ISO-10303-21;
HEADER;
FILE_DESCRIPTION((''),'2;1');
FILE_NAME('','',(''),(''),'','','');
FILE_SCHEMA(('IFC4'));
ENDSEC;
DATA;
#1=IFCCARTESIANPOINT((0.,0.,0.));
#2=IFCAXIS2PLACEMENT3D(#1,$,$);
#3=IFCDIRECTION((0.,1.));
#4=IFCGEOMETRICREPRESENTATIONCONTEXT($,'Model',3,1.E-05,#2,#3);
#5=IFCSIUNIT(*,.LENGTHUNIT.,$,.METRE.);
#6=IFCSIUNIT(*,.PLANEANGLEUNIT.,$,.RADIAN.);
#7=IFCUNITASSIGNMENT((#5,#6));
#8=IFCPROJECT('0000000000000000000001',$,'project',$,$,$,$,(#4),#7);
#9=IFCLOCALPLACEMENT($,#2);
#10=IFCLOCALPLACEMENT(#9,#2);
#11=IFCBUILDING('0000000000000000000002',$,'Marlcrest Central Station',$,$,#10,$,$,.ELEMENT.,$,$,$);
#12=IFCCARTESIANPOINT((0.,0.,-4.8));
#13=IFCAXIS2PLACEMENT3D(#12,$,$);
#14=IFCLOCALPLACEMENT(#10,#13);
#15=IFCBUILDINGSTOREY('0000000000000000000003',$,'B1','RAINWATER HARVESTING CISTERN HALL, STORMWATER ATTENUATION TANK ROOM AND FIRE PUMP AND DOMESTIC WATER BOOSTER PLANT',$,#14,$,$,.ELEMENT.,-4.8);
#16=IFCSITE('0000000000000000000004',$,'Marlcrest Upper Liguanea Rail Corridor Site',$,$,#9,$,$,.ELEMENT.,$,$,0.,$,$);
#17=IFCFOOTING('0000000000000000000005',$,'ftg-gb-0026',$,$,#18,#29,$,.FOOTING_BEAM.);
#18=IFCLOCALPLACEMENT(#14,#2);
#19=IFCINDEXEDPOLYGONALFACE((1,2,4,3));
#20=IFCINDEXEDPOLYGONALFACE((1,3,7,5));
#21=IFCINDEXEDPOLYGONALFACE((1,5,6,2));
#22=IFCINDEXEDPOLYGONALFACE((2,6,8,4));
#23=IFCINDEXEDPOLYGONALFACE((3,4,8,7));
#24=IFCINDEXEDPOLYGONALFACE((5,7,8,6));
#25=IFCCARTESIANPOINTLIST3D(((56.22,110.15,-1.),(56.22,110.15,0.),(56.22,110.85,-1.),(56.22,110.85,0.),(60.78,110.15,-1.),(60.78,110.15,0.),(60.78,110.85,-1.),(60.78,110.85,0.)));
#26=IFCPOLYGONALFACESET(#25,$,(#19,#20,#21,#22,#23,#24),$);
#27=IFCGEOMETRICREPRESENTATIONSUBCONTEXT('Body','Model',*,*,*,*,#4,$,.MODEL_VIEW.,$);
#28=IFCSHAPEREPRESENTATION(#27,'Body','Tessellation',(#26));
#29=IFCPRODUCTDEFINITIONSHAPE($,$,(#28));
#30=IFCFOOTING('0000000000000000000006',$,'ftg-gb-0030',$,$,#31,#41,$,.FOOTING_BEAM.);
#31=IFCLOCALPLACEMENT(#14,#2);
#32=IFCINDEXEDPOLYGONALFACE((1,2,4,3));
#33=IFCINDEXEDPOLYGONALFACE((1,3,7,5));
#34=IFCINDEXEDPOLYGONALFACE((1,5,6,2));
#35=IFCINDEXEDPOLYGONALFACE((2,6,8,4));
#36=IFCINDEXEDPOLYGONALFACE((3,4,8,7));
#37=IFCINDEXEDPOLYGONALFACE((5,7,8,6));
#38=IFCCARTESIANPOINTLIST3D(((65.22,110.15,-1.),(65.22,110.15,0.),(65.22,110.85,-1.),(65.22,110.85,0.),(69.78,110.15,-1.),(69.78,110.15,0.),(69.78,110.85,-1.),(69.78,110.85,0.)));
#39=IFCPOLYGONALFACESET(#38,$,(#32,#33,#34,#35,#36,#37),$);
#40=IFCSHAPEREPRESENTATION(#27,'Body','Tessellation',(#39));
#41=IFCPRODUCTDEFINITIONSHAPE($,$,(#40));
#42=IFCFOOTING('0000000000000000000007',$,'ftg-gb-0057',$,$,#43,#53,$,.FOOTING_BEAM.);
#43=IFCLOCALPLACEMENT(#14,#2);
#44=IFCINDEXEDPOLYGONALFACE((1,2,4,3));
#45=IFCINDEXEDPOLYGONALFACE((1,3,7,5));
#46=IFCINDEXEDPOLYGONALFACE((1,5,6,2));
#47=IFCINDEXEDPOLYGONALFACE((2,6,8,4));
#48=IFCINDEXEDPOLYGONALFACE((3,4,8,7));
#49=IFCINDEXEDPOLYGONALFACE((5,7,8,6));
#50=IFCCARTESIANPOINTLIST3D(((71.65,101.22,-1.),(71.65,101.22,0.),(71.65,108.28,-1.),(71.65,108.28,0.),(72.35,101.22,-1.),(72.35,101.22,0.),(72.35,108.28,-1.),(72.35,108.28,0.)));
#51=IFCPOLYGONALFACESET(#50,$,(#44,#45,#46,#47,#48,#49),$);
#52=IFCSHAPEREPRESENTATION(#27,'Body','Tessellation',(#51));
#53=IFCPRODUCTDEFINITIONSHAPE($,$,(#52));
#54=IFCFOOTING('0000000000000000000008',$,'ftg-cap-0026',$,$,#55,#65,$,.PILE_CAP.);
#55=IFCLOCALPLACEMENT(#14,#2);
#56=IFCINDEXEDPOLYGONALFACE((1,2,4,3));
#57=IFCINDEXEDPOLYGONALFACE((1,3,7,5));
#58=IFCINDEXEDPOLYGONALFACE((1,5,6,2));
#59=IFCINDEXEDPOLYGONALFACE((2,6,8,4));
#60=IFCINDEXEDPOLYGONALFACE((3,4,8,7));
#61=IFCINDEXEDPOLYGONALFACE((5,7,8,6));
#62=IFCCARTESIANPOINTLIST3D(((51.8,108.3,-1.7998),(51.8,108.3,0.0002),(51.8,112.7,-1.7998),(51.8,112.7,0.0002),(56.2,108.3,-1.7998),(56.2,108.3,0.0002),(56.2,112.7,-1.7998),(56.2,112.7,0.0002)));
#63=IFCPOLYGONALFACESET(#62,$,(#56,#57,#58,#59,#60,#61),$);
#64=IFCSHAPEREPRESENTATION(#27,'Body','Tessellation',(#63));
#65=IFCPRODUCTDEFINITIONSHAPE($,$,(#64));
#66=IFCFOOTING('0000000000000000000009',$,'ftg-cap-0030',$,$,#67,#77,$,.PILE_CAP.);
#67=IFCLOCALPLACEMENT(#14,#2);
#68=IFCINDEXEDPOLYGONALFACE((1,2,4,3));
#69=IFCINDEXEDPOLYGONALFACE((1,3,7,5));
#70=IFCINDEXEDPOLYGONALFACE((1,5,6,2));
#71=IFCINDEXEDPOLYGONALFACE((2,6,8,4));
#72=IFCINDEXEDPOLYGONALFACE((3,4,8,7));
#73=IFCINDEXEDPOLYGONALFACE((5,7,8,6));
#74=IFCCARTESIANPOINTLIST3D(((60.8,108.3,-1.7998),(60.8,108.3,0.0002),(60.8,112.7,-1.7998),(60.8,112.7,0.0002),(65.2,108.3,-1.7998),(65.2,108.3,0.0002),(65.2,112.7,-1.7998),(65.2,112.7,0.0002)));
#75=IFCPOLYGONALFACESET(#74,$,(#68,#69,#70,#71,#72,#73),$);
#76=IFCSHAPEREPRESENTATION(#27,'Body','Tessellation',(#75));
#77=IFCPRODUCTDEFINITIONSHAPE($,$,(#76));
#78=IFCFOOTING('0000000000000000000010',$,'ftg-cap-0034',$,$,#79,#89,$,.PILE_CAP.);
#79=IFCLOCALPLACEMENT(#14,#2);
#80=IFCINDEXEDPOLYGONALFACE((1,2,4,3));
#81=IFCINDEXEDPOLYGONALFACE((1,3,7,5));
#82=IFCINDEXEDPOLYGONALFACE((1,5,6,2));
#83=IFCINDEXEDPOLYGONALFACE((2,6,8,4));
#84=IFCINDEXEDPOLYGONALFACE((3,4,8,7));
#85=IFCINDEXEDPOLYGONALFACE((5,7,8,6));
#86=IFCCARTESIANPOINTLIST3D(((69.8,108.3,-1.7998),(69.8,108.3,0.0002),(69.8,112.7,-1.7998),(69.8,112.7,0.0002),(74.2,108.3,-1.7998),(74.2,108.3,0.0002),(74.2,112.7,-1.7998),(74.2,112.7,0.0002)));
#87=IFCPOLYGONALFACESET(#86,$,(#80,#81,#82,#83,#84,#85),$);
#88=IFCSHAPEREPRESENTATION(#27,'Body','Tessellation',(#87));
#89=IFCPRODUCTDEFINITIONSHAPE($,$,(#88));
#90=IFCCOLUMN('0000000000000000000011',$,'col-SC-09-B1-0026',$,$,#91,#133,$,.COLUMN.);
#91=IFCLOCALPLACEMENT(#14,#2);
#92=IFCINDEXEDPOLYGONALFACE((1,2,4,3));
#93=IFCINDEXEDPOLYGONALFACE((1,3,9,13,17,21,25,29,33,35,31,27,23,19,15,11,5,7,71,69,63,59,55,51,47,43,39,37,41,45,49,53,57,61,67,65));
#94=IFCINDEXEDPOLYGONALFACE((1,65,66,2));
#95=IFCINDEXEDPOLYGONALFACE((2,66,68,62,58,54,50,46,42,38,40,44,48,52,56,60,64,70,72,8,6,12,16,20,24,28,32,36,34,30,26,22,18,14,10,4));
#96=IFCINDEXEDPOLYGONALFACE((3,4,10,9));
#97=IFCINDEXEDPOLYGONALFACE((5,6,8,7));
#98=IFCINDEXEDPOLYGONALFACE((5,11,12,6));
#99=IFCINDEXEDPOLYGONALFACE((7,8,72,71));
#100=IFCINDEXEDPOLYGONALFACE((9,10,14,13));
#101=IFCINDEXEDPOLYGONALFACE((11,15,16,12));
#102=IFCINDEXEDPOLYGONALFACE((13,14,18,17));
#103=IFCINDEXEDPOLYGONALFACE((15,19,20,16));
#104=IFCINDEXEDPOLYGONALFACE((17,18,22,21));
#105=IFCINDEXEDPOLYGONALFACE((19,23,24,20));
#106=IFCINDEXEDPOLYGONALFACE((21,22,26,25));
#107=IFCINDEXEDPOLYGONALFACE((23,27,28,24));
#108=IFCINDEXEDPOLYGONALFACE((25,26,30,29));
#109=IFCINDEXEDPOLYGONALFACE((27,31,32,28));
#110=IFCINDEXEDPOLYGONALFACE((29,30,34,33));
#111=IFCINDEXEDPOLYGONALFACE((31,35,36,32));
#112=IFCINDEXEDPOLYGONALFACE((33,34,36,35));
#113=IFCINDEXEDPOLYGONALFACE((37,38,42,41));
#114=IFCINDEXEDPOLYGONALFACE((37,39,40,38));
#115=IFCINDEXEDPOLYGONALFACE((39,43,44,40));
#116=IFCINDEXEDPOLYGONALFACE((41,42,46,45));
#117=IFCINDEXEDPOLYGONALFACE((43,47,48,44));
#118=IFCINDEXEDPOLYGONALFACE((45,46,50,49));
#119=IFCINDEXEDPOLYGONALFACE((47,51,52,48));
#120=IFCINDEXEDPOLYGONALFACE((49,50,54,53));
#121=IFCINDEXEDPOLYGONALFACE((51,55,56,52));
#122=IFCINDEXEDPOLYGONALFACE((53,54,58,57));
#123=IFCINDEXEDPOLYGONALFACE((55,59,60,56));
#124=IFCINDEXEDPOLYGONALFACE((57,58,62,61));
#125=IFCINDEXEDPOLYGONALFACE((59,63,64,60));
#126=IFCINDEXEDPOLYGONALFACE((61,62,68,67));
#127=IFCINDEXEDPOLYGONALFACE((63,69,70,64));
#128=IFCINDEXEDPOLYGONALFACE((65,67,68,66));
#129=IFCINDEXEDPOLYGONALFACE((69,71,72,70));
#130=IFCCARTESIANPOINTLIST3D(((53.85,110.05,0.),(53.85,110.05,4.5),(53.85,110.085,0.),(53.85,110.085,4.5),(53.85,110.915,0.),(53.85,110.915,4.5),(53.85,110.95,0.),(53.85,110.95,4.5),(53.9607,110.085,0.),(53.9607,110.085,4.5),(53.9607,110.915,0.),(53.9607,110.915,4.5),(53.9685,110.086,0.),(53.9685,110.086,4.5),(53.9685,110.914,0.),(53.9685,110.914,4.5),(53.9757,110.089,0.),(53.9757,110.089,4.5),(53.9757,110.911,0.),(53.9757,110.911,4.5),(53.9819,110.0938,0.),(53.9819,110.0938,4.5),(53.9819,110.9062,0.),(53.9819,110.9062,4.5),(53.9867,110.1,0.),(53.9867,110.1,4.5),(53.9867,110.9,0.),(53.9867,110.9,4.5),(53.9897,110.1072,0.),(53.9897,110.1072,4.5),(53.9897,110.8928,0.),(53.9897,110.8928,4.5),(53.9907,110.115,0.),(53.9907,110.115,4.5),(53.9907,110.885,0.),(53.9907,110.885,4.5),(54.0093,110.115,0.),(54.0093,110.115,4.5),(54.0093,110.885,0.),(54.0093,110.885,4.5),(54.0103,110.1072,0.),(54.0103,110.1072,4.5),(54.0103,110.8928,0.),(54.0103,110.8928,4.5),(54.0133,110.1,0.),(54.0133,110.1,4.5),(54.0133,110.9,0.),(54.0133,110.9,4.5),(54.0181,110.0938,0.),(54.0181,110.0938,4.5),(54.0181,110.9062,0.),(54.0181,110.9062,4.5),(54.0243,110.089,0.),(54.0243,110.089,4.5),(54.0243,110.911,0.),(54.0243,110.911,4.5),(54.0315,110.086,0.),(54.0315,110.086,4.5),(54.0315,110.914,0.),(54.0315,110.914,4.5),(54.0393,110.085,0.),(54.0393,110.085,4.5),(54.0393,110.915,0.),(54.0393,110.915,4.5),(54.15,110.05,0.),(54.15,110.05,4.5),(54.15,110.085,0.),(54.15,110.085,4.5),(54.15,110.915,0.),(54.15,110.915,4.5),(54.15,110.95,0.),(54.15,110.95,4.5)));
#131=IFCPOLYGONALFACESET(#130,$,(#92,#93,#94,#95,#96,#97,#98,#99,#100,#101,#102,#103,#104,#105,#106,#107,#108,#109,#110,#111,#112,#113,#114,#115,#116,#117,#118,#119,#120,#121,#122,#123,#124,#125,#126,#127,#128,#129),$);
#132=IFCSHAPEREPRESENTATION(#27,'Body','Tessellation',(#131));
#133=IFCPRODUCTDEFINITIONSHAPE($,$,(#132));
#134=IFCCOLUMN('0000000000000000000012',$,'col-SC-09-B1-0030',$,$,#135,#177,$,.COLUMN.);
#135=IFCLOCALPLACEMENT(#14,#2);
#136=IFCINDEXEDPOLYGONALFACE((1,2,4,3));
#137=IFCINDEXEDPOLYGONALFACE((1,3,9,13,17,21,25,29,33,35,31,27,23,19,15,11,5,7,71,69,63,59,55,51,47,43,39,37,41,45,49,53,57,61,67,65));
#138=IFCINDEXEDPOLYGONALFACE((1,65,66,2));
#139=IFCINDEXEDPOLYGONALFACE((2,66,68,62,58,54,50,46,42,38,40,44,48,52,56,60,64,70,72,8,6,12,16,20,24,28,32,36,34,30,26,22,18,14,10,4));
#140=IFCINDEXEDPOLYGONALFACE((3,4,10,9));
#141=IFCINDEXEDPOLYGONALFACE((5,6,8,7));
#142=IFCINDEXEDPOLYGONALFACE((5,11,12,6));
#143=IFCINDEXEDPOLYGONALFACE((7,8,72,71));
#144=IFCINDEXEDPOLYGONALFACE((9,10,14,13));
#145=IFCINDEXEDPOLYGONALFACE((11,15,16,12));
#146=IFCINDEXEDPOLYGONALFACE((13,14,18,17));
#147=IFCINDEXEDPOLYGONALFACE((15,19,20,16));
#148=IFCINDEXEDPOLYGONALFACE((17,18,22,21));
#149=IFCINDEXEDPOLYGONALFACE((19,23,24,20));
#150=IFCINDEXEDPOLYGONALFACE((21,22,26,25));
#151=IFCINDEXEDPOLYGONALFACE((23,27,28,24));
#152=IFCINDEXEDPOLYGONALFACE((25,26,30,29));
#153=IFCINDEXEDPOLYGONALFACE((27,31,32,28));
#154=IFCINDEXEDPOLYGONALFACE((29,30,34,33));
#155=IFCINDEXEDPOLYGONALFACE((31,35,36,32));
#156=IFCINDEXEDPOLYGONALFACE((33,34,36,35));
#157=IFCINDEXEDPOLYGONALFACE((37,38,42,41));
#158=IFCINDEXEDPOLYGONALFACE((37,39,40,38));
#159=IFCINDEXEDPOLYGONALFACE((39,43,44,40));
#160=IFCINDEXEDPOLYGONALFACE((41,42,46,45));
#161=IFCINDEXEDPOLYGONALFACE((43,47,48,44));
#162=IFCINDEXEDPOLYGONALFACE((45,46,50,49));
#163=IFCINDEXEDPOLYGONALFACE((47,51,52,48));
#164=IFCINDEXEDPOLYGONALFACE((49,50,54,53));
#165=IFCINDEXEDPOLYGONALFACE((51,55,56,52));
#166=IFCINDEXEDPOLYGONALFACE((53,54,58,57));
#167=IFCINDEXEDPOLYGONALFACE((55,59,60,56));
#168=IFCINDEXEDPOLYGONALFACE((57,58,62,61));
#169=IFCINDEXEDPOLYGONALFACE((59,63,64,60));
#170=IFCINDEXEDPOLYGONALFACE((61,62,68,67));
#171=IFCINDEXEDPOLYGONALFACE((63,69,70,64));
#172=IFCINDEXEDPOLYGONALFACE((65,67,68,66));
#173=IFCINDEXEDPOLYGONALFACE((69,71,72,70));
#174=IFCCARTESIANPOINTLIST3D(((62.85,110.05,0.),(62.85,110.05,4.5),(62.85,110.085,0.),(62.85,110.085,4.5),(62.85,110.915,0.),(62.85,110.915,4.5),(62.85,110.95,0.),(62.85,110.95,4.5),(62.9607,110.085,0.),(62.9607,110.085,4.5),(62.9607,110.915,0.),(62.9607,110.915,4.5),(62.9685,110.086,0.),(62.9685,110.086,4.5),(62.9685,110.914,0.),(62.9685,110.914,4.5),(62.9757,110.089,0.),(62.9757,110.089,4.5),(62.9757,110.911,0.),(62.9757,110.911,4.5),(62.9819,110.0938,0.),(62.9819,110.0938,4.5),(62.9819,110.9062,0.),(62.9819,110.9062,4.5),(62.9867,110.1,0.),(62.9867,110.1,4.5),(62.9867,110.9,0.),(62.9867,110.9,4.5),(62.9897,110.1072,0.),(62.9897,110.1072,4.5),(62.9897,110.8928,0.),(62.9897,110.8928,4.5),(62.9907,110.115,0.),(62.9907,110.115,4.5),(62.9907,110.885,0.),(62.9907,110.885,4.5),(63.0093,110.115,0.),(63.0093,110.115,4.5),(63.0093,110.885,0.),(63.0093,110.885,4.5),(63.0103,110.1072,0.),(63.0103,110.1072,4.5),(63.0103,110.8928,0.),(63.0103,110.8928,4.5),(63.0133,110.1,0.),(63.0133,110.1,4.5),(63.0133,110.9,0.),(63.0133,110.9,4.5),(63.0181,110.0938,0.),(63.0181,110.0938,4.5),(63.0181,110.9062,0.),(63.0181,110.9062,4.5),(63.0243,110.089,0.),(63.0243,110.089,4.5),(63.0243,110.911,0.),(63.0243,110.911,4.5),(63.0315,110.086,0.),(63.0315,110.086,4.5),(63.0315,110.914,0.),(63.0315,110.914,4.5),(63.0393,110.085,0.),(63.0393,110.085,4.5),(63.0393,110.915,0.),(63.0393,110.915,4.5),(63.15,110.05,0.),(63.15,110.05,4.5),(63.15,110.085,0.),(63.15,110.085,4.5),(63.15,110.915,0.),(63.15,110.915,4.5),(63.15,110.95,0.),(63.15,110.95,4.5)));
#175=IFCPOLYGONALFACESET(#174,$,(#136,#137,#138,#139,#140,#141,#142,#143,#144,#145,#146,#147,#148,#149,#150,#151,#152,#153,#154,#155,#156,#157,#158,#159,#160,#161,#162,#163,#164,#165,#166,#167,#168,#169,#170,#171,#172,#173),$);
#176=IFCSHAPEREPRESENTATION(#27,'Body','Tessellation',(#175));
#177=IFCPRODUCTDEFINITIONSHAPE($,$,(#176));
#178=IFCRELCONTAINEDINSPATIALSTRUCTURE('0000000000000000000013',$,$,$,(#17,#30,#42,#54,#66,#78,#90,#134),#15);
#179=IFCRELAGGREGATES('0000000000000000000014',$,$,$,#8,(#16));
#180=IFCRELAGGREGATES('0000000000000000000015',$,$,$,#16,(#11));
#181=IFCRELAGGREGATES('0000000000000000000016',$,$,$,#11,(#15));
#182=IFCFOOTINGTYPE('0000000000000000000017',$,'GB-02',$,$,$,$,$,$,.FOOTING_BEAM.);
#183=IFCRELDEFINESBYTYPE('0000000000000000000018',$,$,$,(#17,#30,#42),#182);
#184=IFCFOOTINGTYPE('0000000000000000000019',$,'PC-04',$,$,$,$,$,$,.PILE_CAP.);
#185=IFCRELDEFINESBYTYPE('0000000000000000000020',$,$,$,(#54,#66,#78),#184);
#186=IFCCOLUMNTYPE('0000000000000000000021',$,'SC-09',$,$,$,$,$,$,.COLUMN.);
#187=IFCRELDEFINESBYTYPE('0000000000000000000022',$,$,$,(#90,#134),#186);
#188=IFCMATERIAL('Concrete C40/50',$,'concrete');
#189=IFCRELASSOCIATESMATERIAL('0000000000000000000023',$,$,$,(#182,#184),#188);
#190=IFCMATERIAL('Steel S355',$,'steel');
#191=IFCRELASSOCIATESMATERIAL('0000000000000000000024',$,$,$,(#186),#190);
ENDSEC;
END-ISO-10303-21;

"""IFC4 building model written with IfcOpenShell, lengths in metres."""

from ifc_helpers import new_model, si_unit, direction, frame, origin, origin_2d, place, context, subcontext, project, spatial, rectangle, i_section, extrude, material, material_profile, profile_set, type_object, element, save


model = new_model("IFC4")

# Units and contexts
model_context = context("Model", 3, precision=1e-05, world=origin(), true_north=direction((0.0, 1.0)))
body_context = subcontext(model_context, "Body", "Model", "MODEL_VIEW")
ifc_project = project(units=[si_unit("LENGTHUNIT", "METRE"), si_unit("PLANEANGLEUNIT", "RADIAN")], contexts=[model_context])

# Site, building, storey
site_placement = place(None, origin())
site = spatial("IfcSite", under=ifc_project, at=site_placement, Name="Marlcrest Upper Liguanea Rail Corridor Site", CompositionType="ELEMENT", RefElevation=0.0)
building_placement = place(site_placement, origin())
building = spatial("IfcBuilding", under=site, at=building_placement, Name="Marlcrest Central Station", CompositionType="ELEMENT")
storey_placement = place(building_placement, frame((0.0, 0.0, -4.8)))
storey = spatial("IfcBuildingStorey", under=building, at=storey_placement, Name="B1", Description="RAINWATER HARVESTING CISTERN HALL, STORMWATER ATTENUATION TANK ROOM AND FIRE PUMP AND DOMESTIC WATER BOOSTER PLANT", CompositionType="ELEMENT", Elevation=-4.8)

# Footings
ifc_material_1 = material(Name="Concrete C40/50", Category="concrete")
footing_type_1 = type_object("IfcFootingType", Name="GB-02", PredefinedType="FOOTING_BEAM", material=ifc_material_1)
for number, where, z_axis, x_axis, name in (
    (1, (58.5, 110.5, -1.0), (0.0, 0.0, 1.0), (1.0, 0.0, 0.0), "ftg-gb-0026"),
    (2, (67.5, 110.5, -1.0), (0.0, 0.0, 1.0), (1.0, 0.0, 0.0), "ftg-gb-0030"),
):
    element("IfcFooting", number, at=place(storey_placement, frame(where, z_axis=z_axis, x_axis=x_axis)), inside=storey, type_object=footing_type_1, Name=name, PredefinedType="FOOTING_BEAM", context=body_context, shape_type="SweptSolid", body=[
        extrude(rectangle(XDim=4.5601, YDim=0.7, at=origin_2d()), origin(), (0.0, 0.0, 1.0), 1.0),
    ])
footing_placement = place(storey_placement, frame((72.0, 104.75, -1.0), z_axis=(0.0, 0.0, 1.0), x_axis=(1.0, 0.0, 0.0)))
element("IfcFooting", 3, at=footing_placement, inside=storey, type_object=footing_type_1, Name="ftg-gb-0057", PredefinedType="FOOTING_BEAM", context=body_context, shape_type="SweptSolid", body=[
    extrude(rectangle(XDim=0.7, YDim=7.0601, at=origin_2d()), origin(), (0.0, 0.0, 1.0), 1.0),
])
footing_type_2 = type_object("IfcFootingType", Name="PC-04", PredefinedType="PILE_CAP", material=ifc_material_1)
for number, where, z_axis, x_axis, name in (
    (4, (54.0, 110.5, -1.7998), (0.0, 0.0, 1.0), (1.0, 0.0, 0.0), "ftg-cap-0026"),
    (5, (63.0, 110.5, -1.7998), (0.0, 0.0, 1.0), (1.0, 0.0, 0.0), "ftg-cap-0030"),
    (6, (72.0, 110.5, -1.7998), (0.0, 0.0, 1.0), (1.0, 0.0, 0.0), "ftg-cap-0034"),
):
    element("IfcFooting", number, at=place(storey_placement, frame(where, z_axis=z_axis, x_axis=x_axis)), inside=storey, type_object=footing_type_2, Name=name, PredefinedType="PILE_CAP", context=body_context, shape_type="SweptSolid", body=[
        extrude(rectangle(XDim=4.3999, YDim=4.3999, at=origin_2d()), origin(), (0.0, 0.0, 1.0), 1.8),
    ])

# Columns
ifc_material_2 = material(Name="Steel S355", Category="steel")
ifc_material_profile_1 = material_profile(ifc_material_2, i_section(OverallWidth=0.3, OverallDepth=0.8999, WebThickness=0.0186, FlangeThickness=0.0349, FilletRadius=0.03, at=origin_2d()), Name="HEB 900")
ifc_profile_set_1 = profile_set([ifc_material_profile_1], Name="Steel S355")
column_type = type_object("IfcColumnType", Name="SC-09", PredefinedType="COLUMN", material=ifc_profile_set_1)
for number, where, z_axis, x_axis, name in (
    (7, (54.0, 110.5, 0.0), (0.0, 0.0, 1.0), (1.0, 0.0, 0.0), "col-SC-09-B1-0026"),
    (8, (63.0, 110.5, 0.0), (0.0, 0.0, 1.0), (1.0, 0.0, 0.0), "col-SC-09-B1-0030"),
):
    element("IfcColumn", number, at=place(storey_placement, frame(where, z_axis=z_axis, x_axis=x_axis)), inside=storey, type_object=column_type, Name=name, PredefinedType="COLUMN", context=body_context, shape_type="SweptSolid", body=[
        extrude(i_section(OverallWidth=0.3, OverallDepth=0.8999, WebThickness=0.0186, FlangeThickness=0.0349, FilletRadius=0.03, at=origin_2d()), origin(), (0.0, 0.0, 1.0), 4.5),
    ])

save(model, "model.ifc")
